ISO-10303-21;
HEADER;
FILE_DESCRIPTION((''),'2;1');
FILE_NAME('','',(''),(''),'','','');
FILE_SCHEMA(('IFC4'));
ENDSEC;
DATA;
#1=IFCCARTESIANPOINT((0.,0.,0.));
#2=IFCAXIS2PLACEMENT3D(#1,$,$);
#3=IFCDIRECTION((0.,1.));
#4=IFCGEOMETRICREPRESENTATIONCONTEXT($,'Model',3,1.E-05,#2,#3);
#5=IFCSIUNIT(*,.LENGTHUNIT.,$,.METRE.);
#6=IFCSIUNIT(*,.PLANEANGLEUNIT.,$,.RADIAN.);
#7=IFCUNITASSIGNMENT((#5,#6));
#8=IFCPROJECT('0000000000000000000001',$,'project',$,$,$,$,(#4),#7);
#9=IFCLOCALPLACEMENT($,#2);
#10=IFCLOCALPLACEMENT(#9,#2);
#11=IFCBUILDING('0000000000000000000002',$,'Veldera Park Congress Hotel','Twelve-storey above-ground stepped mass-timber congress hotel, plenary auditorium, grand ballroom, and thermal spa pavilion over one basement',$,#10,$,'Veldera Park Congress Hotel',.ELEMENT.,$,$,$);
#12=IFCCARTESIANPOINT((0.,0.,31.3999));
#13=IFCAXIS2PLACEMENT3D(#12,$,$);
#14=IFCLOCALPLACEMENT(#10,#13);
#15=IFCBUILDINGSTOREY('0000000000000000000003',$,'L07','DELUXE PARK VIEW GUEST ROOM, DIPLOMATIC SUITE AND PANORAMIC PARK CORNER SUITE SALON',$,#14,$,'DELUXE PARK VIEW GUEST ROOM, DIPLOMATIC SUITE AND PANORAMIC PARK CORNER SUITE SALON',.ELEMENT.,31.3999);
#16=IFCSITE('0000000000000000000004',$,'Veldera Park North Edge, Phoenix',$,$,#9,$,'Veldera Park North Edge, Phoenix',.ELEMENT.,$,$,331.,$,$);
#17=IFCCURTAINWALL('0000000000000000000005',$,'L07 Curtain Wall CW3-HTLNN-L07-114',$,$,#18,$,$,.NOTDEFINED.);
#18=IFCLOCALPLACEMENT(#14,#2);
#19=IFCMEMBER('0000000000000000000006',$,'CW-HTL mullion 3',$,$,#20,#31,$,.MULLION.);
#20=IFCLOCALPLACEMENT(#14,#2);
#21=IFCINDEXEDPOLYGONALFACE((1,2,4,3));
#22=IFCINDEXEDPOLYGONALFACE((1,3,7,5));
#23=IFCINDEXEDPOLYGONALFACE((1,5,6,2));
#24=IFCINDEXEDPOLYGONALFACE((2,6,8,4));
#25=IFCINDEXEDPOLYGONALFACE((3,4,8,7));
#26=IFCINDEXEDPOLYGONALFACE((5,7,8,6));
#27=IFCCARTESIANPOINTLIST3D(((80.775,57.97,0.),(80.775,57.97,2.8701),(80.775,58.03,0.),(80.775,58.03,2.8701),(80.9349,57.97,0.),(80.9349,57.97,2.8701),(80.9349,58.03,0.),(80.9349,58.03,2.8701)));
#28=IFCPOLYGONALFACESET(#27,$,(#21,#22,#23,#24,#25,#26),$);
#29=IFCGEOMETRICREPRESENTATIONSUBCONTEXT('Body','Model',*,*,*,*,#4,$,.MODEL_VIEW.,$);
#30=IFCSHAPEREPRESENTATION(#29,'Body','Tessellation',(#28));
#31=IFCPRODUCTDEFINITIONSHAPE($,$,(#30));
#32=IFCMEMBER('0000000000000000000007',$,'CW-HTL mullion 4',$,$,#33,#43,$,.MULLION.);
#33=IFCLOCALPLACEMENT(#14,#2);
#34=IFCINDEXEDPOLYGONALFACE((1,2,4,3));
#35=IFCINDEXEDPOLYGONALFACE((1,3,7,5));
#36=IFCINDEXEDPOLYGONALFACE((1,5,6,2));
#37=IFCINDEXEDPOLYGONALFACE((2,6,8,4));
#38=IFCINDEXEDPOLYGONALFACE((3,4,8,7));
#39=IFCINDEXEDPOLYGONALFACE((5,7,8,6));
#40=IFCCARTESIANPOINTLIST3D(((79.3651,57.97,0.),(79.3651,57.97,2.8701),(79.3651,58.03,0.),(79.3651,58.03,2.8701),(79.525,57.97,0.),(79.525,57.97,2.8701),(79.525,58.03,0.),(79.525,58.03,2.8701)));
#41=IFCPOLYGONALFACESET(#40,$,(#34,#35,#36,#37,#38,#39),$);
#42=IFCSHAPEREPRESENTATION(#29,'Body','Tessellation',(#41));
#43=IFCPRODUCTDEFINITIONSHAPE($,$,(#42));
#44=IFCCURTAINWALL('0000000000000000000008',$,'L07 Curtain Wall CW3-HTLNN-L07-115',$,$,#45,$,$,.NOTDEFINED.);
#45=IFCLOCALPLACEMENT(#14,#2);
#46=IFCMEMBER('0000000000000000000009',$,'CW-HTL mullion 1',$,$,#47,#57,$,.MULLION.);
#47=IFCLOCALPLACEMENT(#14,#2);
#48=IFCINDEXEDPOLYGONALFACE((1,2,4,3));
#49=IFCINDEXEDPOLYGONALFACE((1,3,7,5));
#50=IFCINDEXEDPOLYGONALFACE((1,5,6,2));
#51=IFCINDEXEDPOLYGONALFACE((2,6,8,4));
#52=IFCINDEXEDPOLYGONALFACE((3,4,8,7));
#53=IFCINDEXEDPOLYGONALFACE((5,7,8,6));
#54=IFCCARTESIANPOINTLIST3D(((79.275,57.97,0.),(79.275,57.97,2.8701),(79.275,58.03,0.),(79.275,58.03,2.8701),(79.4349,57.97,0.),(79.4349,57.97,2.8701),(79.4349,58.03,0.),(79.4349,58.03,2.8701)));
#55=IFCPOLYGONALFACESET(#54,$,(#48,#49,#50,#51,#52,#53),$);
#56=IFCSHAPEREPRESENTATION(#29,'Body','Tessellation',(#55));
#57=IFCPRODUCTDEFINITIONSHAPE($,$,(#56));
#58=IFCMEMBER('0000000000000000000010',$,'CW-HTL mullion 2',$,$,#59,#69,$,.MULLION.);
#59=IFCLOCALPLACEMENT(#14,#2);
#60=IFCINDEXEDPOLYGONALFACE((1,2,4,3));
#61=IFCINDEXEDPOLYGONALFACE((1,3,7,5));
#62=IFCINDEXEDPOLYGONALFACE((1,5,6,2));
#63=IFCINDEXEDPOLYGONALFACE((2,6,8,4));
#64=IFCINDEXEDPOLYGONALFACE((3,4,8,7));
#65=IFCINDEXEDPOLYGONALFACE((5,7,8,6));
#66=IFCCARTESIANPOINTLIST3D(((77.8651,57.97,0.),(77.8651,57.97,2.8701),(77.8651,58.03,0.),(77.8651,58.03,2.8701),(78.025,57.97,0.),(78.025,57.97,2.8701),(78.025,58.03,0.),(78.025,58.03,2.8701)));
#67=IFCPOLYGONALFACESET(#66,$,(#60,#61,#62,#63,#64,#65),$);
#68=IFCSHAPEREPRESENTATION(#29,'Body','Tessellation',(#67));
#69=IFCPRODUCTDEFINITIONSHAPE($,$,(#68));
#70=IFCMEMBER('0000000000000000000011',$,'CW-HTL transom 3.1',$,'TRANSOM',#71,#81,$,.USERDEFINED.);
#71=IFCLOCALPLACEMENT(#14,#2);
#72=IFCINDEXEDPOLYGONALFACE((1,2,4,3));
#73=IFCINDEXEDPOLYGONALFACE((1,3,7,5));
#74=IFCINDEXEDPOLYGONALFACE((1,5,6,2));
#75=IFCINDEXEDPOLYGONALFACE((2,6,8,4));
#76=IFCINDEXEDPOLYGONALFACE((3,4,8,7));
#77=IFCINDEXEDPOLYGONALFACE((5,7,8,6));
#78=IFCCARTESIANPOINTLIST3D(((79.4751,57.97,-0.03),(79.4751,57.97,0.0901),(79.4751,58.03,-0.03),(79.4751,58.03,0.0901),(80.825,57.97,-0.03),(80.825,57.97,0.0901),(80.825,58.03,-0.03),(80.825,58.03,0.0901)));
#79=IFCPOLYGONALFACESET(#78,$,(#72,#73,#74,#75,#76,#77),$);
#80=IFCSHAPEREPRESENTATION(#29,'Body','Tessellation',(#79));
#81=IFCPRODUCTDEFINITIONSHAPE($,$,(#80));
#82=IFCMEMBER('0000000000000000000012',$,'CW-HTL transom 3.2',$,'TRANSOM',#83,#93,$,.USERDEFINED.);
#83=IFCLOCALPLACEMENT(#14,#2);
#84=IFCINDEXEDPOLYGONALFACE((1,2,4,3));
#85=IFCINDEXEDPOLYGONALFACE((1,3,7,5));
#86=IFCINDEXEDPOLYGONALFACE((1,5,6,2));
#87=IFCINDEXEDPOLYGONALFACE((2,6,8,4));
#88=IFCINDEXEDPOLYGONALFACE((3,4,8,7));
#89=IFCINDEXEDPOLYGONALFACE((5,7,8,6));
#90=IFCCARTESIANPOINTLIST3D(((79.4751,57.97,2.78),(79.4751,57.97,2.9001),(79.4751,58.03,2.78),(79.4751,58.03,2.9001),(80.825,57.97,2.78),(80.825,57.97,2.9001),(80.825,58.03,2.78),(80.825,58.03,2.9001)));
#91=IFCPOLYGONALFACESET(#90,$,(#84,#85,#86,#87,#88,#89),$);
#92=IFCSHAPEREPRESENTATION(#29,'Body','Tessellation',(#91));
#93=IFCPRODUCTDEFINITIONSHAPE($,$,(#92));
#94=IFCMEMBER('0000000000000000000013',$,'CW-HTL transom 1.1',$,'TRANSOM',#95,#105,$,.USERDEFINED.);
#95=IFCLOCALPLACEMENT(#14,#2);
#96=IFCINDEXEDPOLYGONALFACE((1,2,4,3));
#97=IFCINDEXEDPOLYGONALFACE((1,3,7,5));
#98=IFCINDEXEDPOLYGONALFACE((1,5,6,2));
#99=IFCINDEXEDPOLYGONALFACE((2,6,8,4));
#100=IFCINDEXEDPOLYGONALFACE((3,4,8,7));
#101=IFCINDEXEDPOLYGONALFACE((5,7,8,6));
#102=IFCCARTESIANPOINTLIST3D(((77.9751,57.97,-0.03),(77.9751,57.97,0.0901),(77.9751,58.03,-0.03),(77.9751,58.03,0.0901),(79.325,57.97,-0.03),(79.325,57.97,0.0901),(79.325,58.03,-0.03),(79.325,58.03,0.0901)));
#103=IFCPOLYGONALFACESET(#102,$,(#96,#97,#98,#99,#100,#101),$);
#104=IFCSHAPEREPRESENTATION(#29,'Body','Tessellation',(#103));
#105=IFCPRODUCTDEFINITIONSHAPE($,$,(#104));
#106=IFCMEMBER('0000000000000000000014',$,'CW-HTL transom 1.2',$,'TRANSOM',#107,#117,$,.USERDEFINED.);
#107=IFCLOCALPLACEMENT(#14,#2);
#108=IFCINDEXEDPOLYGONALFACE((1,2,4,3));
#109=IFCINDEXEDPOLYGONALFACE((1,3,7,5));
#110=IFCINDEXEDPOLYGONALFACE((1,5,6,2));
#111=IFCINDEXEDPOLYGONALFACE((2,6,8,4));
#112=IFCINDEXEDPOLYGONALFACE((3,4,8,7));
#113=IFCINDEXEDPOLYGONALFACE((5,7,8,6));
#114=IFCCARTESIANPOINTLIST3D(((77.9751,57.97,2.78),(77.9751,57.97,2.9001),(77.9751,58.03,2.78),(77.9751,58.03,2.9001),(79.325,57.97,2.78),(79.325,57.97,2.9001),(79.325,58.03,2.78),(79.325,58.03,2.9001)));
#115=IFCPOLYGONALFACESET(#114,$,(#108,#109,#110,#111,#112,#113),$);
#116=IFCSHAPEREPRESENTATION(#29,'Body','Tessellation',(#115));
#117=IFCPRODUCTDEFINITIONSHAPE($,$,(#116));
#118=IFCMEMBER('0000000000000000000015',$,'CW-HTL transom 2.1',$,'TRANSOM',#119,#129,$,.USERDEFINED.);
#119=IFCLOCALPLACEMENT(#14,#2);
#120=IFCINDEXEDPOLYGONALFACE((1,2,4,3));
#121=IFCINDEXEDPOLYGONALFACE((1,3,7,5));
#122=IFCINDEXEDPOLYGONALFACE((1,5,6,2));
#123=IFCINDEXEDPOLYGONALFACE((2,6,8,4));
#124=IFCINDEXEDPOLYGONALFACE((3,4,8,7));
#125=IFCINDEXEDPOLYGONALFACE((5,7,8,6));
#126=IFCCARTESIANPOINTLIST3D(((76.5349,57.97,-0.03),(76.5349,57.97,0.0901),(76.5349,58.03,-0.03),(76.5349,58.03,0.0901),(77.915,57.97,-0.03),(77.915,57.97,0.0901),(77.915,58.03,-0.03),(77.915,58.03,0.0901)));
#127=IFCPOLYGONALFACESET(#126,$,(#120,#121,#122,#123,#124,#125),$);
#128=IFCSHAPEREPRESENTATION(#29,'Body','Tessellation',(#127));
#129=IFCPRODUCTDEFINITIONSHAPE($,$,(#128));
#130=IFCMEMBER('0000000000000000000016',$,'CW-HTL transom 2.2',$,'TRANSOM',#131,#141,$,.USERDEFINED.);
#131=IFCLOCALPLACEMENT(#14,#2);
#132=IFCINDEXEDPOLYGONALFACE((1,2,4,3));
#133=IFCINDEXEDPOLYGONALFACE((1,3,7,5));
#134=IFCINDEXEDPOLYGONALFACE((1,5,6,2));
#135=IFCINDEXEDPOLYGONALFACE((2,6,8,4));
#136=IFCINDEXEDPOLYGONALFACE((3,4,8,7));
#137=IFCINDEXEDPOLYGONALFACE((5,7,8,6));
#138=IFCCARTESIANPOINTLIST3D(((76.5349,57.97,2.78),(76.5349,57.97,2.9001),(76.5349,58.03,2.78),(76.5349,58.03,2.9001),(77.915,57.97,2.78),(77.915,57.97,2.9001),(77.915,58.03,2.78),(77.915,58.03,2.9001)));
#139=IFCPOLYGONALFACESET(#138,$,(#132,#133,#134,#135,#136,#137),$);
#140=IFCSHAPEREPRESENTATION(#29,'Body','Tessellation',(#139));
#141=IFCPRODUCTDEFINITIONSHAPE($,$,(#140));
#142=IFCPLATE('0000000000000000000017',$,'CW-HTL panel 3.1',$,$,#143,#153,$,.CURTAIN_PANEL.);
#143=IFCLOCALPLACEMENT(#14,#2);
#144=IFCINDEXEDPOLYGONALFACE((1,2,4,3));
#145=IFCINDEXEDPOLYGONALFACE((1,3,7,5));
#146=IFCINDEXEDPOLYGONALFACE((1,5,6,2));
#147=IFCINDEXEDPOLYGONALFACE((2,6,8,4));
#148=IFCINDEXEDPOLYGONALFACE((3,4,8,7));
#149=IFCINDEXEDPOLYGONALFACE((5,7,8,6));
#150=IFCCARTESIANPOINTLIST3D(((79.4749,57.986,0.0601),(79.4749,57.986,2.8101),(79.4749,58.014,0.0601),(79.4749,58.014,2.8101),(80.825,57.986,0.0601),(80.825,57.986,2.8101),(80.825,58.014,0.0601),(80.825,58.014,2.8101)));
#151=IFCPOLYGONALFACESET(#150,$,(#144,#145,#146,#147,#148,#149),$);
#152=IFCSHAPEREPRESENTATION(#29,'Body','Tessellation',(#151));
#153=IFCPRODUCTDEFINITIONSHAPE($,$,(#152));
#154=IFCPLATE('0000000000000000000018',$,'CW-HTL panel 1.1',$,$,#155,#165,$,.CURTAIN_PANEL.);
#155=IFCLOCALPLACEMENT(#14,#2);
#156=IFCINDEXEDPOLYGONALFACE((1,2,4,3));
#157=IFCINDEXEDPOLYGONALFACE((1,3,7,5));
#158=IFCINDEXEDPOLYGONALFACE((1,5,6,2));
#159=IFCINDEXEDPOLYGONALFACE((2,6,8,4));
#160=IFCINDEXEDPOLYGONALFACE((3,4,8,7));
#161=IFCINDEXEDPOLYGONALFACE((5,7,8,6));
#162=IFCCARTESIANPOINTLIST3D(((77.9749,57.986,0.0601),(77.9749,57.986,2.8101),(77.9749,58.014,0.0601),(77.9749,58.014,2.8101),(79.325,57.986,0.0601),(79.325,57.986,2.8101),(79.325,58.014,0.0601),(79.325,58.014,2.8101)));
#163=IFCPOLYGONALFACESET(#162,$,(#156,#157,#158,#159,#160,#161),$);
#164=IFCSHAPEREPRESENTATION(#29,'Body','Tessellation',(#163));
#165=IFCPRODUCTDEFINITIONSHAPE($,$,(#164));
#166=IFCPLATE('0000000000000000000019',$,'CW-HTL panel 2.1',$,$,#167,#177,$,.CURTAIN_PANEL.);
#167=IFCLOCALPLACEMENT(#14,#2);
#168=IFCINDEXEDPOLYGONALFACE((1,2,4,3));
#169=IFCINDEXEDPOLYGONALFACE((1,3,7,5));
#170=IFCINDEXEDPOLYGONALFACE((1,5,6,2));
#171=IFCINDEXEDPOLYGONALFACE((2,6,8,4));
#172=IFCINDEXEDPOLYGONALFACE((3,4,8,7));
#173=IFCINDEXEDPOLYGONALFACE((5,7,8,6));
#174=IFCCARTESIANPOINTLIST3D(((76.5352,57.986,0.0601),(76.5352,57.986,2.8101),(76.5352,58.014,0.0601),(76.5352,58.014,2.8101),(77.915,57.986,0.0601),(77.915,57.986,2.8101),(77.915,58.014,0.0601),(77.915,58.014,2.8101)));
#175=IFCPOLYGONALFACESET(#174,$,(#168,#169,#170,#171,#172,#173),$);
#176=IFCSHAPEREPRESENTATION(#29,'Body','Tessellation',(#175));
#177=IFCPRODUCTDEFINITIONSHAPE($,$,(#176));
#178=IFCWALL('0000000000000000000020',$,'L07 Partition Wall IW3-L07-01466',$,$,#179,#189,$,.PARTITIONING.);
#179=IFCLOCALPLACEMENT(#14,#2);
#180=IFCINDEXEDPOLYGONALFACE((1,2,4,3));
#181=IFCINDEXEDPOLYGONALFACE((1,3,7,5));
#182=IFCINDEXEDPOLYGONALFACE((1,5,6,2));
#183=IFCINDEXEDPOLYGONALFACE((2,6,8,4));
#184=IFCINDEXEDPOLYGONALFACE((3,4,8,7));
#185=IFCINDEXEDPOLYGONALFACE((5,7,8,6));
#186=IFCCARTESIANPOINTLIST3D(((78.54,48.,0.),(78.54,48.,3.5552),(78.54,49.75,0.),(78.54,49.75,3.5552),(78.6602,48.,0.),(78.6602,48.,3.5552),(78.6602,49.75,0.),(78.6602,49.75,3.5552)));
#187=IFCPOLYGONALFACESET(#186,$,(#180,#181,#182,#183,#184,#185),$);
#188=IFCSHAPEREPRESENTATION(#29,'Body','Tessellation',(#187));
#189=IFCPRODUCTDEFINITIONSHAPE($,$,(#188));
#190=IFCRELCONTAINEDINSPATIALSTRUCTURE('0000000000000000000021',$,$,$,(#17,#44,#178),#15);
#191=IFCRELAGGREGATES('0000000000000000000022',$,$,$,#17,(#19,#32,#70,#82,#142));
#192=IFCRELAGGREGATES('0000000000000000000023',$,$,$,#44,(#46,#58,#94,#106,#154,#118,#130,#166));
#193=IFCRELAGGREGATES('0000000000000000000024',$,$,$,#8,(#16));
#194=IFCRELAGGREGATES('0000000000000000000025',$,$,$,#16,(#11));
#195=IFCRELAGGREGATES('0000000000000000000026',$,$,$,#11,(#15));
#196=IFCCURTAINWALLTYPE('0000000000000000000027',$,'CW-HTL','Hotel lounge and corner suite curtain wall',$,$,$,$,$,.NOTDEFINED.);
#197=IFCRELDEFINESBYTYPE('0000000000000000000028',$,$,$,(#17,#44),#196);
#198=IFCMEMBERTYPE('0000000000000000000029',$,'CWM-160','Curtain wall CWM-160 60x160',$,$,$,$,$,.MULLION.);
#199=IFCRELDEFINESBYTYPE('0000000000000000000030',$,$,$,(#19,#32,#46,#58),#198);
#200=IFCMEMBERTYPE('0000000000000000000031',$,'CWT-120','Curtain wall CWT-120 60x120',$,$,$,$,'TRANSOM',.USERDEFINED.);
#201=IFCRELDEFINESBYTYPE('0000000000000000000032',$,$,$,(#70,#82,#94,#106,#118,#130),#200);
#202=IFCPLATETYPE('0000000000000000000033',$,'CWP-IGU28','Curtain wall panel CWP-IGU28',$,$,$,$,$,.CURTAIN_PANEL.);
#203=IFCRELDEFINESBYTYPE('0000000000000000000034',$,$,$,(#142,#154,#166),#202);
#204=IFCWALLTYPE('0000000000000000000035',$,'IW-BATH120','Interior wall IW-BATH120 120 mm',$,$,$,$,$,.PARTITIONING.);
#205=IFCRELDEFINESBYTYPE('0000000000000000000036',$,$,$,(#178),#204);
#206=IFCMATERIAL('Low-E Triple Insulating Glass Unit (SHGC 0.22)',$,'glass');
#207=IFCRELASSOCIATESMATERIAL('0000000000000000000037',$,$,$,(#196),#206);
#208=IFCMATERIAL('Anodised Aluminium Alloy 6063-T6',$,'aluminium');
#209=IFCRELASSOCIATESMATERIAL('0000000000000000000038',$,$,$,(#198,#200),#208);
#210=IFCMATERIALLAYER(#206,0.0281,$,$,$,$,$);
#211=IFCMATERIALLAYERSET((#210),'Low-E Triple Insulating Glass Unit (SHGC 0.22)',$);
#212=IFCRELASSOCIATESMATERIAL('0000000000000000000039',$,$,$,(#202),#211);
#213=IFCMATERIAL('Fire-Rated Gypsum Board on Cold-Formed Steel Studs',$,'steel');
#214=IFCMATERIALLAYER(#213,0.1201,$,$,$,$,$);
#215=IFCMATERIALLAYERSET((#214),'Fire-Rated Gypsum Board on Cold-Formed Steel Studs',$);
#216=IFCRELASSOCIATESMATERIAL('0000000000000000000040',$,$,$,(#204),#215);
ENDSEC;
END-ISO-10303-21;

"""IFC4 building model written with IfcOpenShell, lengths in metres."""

from ifc_helpers import new_model, si_unit, direction, frame, frame_2d, origin, origin_2d, place, context, subcontext, project, spatial, rectangle, extrude, material, layer, layer_set, material_profile, profile_set, type_object, element, aggregate, save


model = new_model("IFC4")

# Units and contexts
model_context = context("Model", 3, precision=1e-05, world=origin(), true_north=direction((0.0, 1.0)))
body_context = subcontext(model_context, "Body", "Model", "MODEL_VIEW")
ifc_project = project(units=[si_unit("LENGTHUNIT", "METRE"), si_unit("PLANEANGLEUNIT", "RADIAN")], contexts=[model_context])

# Site, building, storey
site_placement = place(None, origin())
site = spatial("IfcSite", under=ifc_project, at=site_placement, Name="Veldera Park North Edge, Phoenix", LongName="Veldera Park North Edge, Phoenix", CompositionType="ELEMENT", RefElevation=331.0)
building_placement = place(site_placement, origin())
building = spatial("IfcBuilding", under=site, at=building_placement, Name="Veldera Park Congress Hotel", Description="Twelve-storey above-ground stepped mass-timber congress hotel, plenary auditorium, grand ballroom, and thermal spa pavilion over one basement", LongName="Veldera Park Congress Hotel", CompositionType="ELEMENT")
storey_placement = place(building_placement, frame((0.0, 0.0, 31.3999)))
storey = spatial("IfcBuildingStorey", under=building, at=storey_placement, Name="L07", Description="DELUXE PARK VIEW GUEST ROOM, DIPLOMATIC SUITE AND PANORAMIC PARK CORNER SUITE SALON", LongName="DELUXE PARK VIEW GUEST ROOM, DIPLOMATIC SUITE AND PANORAMIC PARK CORNER SUITE SALON", CompositionType="ELEMENT", Elevation=31.3999)

# Curtain walls, members
ifc_material_1 = material(Name="Low-E Triple Insulating Glass Unit (SHGC 0.22)", Category="glass")
curtain_wall_type = type_object("IfcCurtainWallType", Name="CW-HTL", Description="Hotel lounge and corner suite curtain wall", PredefinedType="NOTDEFINED", material=ifc_material_1)
curtain_wall_1_placement = place(storey_placement, origin())
curtain_wall_1 = element("IfcCurtainWall", 1, at=curtain_wall_1_placement, inside=storey, type_object=curtain_wall_type, Name="L07 Curtain Wall CW3-HTLNN-L07-114", PredefinedType="NOTDEFINED")
ifc_material_2 = material(Name="Anodised Aluminium Alloy 6063-T6", Category="aluminium")
ifc_material_profile_1 = material_profile(ifc_material_2, rectangle(XDim=0.0601, YDim=0.1599, at=origin_2d()), Name="ALU 60x160")
ifc_profile_set_1 = profile_set([ifc_material_profile_1], Name="Anodised Aluminium Alloy 6063-T6")
member_type_1 = type_object("IfcMemberType", Name="CWM-160", Description="Curtain wall CWM-160 60x160", PredefinedType="MULLION", material=ifc_profile_set_1)
member_1_placement = place(storey_placement, frame((80.855, 58.0, 0.0), z_axis=(0.0, 0.0, 1.0), x_axis=(0.0, -1.0, 0.0)))
member_1 = element("IfcMember", 2, at=member_1_placement, type_object=member_type_1, Name="CW-HTL mullion 3", PredefinedType="MULLION", context=body_context, shape_type="SweptSolid", body=[
    extrude(rectangle(XDim=0.0601, YDim=0.1599, at=origin_2d()), origin(), (0.0, 0.0, 1.0), 2.8701),
])
member_2_placement = place(storey_placement, frame((79.4451, 58.0, 0.0), z_axis=(0.0, 0.0, 1.0), x_axis=(0.0, -1.0, 0.0)))
member_2 = element("IfcMember", 3, at=member_2_placement, type_object=member_type_1, Name="CW-HTL mullion 4", PredefinedType="MULLION", context=body_context, shape_type="SweptSolid", body=[
    extrude(rectangle(XDim=0.0601, YDim=0.1599, at=origin_2d()), origin(), (0.0, 0.0, 1.0), 2.8701),
])
curtain_wall_2_placement = place(storey_placement, origin())
curtain_wall_2 = element("IfcCurtainWall", 4, at=curtain_wall_2_placement, inside=storey, type_object=curtain_wall_type, Name="L07 Curtain Wall CW3-HTLNN-L07-115", PredefinedType="NOTDEFINED")
member_3_placement = place(storey_placement, frame((79.355, 58.0, 0.0), z_axis=(0.0, 0.0, 1.0), x_axis=(0.0, -1.0, 0.0)))
member_3 = element("IfcMember", 5, at=member_3_placement, type_object=member_type_1, Name="CW-HTL mullion 1", PredefinedType="MULLION", context=body_context, shape_type="SweptSolid", body=[
    extrude(rectangle(XDim=0.0601, YDim=0.1599, at=origin_2d()), origin(), (0.0, 0.0, 1.0), 2.8701),
])
member_4_placement = place(storey_placement, frame((77.9451, 58.0, 0.0), z_axis=(0.0, 0.0, 1.0), x_axis=(0.0, -1.0, 0.0)))
member_4 = element("IfcMember", 6, at=member_4_placement, type_object=member_type_1, Name="CW-HTL mullion 2", PredefinedType="MULLION", context=body_context, shape_type="SweptSolid", body=[
    extrude(rectangle(XDim=0.0601, YDim=0.1599, at=origin_2d()), origin(), (0.0, 0.0, 1.0), 2.8701),
])

# Members
ifc_material_profile_2 = material_profile(ifc_material_2, rectangle(XDim=0.0601, YDim=0.1201, at=origin_2d()), Name="ALU 60x120")
ifc_profile_set_2 = profile_set([ifc_material_profile_2], Name="Anodised Aluminium Alloy 6063-T6")
member_type_2 = type_object("IfcMemberType", Name="CWT-120", Description="Curtain wall CWT-120 60x120", ElementType="TRANSOM", PredefinedType="USERDEFINED", material=ifc_profile_set_2)
member_5_placement = place(storey_placement, frame((80.825, 58.0, 0.03), z_axis=(-1.0, 0.0, 0.0), x_axis=(0.0, -1.0, 0.0)))
member_5 = element("IfcMember", 7, at=member_5_placement, type_object=member_type_2, Name="CW-HTL transom 3.1", ObjectType="TRANSOM", PredefinedType="USERDEFINED", context=body_context, shape_type="SweptSolid", body=[
    extrude(rectangle(XDim=0.0601, YDim=0.1201, at=origin_2d()), origin(), (0.0, 0.0, 1.0), 1.3499),
])
member_6_placement = place(storey_placement, frame((80.825, 58.0, 2.8401), z_axis=(-1.0, 0.0, 0.0), x_axis=(0.0, -1.0, 0.0)))
member_6 = element("IfcMember", 8, at=member_6_placement, type_object=member_type_2, Name="CW-HTL transom 3.2", ObjectType="TRANSOM", PredefinedType="USERDEFINED", context=body_context, shape_type="SweptSolid", body=[
    extrude(rectangle(XDim=0.0601, YDim=0.1201, at=origin_2d()), origin(), (0.0, 0.0, 1.0), 1.3499),
])
member_7_placement = place(storey_placement, frame((79.325, 58.0, 0.03), z_axis=(-1.0, 0.0, 0.0), x_axis=(0.0, -1.0, 0.0)))
member_7 = element("IfcMember", 9, at=member_7_placement, type_object=member_type_2, Name="CW-HTL transom 1.1", ObjectType="TRANSOM", PredefinedType="USERDEFINED", context=body_context, shape_type="SweptSolid", body=[
    extrude(rectangle(XDim=0.0601, YDim=0.1201, at=origin_2d()), origin(), (0.0, 0.0, 1.0), 1.3499),
])
member_8_placement = place(storey_placement, frame((79.325, 58.0, 2.8401), z_axis=(-1.0, 0.0, 0.0), x_axis=(0.0, -1.0, 0.0)))
member_8 = element("IfcMember", 10, at=member_8_placement, type_object=member_type_2, Name="CW-HTL transom 1.2", ObjectType="TRANSOM", PredefinedType="USERDEFINED", context=body_context, shape_type="SweptSolid", body=[
    extrude(rectangle(XDim=0.0601, YDim=0.1201, at=origin_2d()), origin(), (0.0, 0.0, 1.0), 1.3499),
])
member_9_placement = place(storey_placement, frame((77.915, 58.0, 0.03), z_axis=(-1.0, 0.0, 0.0), x_axis=(0.0, -1.0, 0.0)))
member_9 = element("IfcMember", 11, at=member_9_placement, type_object=member_type_2, Name="CW-HTL transom 2.1", ObjectType="TRANSOM", PredefinedType="USERDEFINED", context=body_context, shape_type="SweptSolid", body=[
    extrude(rectangle(XDim=0.0601, YDim=0.1201, at=origin_2d()), origin(), (0.0, 0.0, 1.0), 1.3801),
])
member_10_placement = place(storey_placement, frame((77.915, 58.0, 2.8401), z_axis=(-1.0, 0.0, 0.0), x_axis=(0.0, -1.0, 0.0)))
member_10 = element("IfcMember", 12, at=member_10_placement, type_object=member_type_2, Name="CW-HTL transom 2.2", ObjectType="TRANSOM", PredefinedType="USERDEFINED", context=body_context, shape_type="SweptSolid", body=[
    extrude(rectangle(XDim=0.0601, YDim=0.1201, at=origin_2d()), origin(), (0.0, 0.0, 1.0), 1.3801),
])

# Plates
ifc_layer_1 = layer(ifc_material_1, 0.0281)
ifc_layer_set_1 = layer_set([ifc_layer_1], Name="Low-E Triple Insulating Glass Unit (SHGC 0.22)")
plate_type = type_object("IfcPlateType", Name="CWP-IGU28", Description="Curtain wall panel CWP-IGU28", PredefinedType="CURTAIN_PANEL", material=ifc_layer_set_1)
plate_1_placement = place(storey_placement, frame((80.1499, 58.0, 0.0601), z_axis=(0.0, 0.0, 1.0), x_axis=(-1.0, 0.0, 0.0)))
plate_1 = element("IfcPlate", 13, at=plate_1_placement, type_object=plate_type, Name="CW-HTL panel 3.1", PredefinedType="CURTAIN_PANEL", context=body_context, shape_type="SweptSolid", body=[
    extrude(rectangle(XDim=1.3501, YDim=0.0281, at=origin_2d()), origin(), (0.0, 0.0, 1.0), 2.75),
])
aggregate(curtain_wall_1, [member_1, member_2, member_5, member_6, plate_1])
plate_2_placement = place(storey_placement, frame((78.6499, 58.0, 0.0601), z_axis=(0.0, 0.0, 1.0), x_axis=(-1.0, 0.0, 0.0)))
plate_2 = element("IfcPlate", 14, at=plate_2_placement, type_object=plate_type, Name="CW-HTL panel 1.1", PredefinedType="CURTAIN_PANEL", context=body_context, shape_type="SweptSolid", body=[
    extrude(rectangle(XDim=1.3501, YDim=0.0281, at=origin_2d()), origin(), (0.0, 0.0, 1.0), 2.75),
])
plate_3_placement = place(storey_placement, frame((77.2251, 58.0, 0.0601), z_axis=(0.0, 0.0, 1.0), x_axis=(-1.0, 0.0, 0.0)))
plate_3 = element("IfcPlate", 15, at=plate_3_placement, type_object=plate_type, Name="CW-HTL panel 2.1", PredefinedType="CURTAIN_PANEL", context=body_context, shape_type="SweptSolid", body=[
    extrude(rectangle(XDim=1.3799, YDim=0.0281, at=origin_2d()), origin(), (0.0, 0.0, 1.0), 2.75),
])
aggregate(curtain_wall_2, [member_3, member_4, member_7, member_8, plate_2, member_9, member_10, plate_3])

# Wall
ifc_material_3 = material(Name="Fire-Rated Gypsum Board on Cold-Formed Steel Studs", Category="steel")
ifc_layer_2 = layer(ifc_material_3, 0.1201)
ifc_layer_set_2 = layer_set([ifc_layer_2], Name="Fire-Rated Gypsum Board on Cold-Formed Steel Studs")
wall_type = type_object("IfcWallType", Name="IW-BATH120", Description="Interior wall IW-BATH120 120 mm", PredefinedType="PARTITIONING", material=ifc_layer_set_2)
for number, where, z_axis, x_axis, name in (
    (16, (78.6001, 48.0, 0.0), (0.0, 0.0, 1.0), (0.0, 1.0, 0.0), "L07 Partition Wall IW3-L07-01466"),
):
    element("IfcWall", number, at=place(storey_placement, frame(where, z_axis=z_axis, x_axis=x_axis)), inside=storey, type_object=wall_type, Name=name, PredefinedType="PARTITIONING", context=body_context, shape_type="SweptSolid", body=[
        extrude(rectangle(XDim=1.75, YDim=0.1201, at=frame_2d((0.875, 0.0))), origin(), (0.0, 0.0, 1.0), 3.5552),
    ])

save(model, "model.ifc")
